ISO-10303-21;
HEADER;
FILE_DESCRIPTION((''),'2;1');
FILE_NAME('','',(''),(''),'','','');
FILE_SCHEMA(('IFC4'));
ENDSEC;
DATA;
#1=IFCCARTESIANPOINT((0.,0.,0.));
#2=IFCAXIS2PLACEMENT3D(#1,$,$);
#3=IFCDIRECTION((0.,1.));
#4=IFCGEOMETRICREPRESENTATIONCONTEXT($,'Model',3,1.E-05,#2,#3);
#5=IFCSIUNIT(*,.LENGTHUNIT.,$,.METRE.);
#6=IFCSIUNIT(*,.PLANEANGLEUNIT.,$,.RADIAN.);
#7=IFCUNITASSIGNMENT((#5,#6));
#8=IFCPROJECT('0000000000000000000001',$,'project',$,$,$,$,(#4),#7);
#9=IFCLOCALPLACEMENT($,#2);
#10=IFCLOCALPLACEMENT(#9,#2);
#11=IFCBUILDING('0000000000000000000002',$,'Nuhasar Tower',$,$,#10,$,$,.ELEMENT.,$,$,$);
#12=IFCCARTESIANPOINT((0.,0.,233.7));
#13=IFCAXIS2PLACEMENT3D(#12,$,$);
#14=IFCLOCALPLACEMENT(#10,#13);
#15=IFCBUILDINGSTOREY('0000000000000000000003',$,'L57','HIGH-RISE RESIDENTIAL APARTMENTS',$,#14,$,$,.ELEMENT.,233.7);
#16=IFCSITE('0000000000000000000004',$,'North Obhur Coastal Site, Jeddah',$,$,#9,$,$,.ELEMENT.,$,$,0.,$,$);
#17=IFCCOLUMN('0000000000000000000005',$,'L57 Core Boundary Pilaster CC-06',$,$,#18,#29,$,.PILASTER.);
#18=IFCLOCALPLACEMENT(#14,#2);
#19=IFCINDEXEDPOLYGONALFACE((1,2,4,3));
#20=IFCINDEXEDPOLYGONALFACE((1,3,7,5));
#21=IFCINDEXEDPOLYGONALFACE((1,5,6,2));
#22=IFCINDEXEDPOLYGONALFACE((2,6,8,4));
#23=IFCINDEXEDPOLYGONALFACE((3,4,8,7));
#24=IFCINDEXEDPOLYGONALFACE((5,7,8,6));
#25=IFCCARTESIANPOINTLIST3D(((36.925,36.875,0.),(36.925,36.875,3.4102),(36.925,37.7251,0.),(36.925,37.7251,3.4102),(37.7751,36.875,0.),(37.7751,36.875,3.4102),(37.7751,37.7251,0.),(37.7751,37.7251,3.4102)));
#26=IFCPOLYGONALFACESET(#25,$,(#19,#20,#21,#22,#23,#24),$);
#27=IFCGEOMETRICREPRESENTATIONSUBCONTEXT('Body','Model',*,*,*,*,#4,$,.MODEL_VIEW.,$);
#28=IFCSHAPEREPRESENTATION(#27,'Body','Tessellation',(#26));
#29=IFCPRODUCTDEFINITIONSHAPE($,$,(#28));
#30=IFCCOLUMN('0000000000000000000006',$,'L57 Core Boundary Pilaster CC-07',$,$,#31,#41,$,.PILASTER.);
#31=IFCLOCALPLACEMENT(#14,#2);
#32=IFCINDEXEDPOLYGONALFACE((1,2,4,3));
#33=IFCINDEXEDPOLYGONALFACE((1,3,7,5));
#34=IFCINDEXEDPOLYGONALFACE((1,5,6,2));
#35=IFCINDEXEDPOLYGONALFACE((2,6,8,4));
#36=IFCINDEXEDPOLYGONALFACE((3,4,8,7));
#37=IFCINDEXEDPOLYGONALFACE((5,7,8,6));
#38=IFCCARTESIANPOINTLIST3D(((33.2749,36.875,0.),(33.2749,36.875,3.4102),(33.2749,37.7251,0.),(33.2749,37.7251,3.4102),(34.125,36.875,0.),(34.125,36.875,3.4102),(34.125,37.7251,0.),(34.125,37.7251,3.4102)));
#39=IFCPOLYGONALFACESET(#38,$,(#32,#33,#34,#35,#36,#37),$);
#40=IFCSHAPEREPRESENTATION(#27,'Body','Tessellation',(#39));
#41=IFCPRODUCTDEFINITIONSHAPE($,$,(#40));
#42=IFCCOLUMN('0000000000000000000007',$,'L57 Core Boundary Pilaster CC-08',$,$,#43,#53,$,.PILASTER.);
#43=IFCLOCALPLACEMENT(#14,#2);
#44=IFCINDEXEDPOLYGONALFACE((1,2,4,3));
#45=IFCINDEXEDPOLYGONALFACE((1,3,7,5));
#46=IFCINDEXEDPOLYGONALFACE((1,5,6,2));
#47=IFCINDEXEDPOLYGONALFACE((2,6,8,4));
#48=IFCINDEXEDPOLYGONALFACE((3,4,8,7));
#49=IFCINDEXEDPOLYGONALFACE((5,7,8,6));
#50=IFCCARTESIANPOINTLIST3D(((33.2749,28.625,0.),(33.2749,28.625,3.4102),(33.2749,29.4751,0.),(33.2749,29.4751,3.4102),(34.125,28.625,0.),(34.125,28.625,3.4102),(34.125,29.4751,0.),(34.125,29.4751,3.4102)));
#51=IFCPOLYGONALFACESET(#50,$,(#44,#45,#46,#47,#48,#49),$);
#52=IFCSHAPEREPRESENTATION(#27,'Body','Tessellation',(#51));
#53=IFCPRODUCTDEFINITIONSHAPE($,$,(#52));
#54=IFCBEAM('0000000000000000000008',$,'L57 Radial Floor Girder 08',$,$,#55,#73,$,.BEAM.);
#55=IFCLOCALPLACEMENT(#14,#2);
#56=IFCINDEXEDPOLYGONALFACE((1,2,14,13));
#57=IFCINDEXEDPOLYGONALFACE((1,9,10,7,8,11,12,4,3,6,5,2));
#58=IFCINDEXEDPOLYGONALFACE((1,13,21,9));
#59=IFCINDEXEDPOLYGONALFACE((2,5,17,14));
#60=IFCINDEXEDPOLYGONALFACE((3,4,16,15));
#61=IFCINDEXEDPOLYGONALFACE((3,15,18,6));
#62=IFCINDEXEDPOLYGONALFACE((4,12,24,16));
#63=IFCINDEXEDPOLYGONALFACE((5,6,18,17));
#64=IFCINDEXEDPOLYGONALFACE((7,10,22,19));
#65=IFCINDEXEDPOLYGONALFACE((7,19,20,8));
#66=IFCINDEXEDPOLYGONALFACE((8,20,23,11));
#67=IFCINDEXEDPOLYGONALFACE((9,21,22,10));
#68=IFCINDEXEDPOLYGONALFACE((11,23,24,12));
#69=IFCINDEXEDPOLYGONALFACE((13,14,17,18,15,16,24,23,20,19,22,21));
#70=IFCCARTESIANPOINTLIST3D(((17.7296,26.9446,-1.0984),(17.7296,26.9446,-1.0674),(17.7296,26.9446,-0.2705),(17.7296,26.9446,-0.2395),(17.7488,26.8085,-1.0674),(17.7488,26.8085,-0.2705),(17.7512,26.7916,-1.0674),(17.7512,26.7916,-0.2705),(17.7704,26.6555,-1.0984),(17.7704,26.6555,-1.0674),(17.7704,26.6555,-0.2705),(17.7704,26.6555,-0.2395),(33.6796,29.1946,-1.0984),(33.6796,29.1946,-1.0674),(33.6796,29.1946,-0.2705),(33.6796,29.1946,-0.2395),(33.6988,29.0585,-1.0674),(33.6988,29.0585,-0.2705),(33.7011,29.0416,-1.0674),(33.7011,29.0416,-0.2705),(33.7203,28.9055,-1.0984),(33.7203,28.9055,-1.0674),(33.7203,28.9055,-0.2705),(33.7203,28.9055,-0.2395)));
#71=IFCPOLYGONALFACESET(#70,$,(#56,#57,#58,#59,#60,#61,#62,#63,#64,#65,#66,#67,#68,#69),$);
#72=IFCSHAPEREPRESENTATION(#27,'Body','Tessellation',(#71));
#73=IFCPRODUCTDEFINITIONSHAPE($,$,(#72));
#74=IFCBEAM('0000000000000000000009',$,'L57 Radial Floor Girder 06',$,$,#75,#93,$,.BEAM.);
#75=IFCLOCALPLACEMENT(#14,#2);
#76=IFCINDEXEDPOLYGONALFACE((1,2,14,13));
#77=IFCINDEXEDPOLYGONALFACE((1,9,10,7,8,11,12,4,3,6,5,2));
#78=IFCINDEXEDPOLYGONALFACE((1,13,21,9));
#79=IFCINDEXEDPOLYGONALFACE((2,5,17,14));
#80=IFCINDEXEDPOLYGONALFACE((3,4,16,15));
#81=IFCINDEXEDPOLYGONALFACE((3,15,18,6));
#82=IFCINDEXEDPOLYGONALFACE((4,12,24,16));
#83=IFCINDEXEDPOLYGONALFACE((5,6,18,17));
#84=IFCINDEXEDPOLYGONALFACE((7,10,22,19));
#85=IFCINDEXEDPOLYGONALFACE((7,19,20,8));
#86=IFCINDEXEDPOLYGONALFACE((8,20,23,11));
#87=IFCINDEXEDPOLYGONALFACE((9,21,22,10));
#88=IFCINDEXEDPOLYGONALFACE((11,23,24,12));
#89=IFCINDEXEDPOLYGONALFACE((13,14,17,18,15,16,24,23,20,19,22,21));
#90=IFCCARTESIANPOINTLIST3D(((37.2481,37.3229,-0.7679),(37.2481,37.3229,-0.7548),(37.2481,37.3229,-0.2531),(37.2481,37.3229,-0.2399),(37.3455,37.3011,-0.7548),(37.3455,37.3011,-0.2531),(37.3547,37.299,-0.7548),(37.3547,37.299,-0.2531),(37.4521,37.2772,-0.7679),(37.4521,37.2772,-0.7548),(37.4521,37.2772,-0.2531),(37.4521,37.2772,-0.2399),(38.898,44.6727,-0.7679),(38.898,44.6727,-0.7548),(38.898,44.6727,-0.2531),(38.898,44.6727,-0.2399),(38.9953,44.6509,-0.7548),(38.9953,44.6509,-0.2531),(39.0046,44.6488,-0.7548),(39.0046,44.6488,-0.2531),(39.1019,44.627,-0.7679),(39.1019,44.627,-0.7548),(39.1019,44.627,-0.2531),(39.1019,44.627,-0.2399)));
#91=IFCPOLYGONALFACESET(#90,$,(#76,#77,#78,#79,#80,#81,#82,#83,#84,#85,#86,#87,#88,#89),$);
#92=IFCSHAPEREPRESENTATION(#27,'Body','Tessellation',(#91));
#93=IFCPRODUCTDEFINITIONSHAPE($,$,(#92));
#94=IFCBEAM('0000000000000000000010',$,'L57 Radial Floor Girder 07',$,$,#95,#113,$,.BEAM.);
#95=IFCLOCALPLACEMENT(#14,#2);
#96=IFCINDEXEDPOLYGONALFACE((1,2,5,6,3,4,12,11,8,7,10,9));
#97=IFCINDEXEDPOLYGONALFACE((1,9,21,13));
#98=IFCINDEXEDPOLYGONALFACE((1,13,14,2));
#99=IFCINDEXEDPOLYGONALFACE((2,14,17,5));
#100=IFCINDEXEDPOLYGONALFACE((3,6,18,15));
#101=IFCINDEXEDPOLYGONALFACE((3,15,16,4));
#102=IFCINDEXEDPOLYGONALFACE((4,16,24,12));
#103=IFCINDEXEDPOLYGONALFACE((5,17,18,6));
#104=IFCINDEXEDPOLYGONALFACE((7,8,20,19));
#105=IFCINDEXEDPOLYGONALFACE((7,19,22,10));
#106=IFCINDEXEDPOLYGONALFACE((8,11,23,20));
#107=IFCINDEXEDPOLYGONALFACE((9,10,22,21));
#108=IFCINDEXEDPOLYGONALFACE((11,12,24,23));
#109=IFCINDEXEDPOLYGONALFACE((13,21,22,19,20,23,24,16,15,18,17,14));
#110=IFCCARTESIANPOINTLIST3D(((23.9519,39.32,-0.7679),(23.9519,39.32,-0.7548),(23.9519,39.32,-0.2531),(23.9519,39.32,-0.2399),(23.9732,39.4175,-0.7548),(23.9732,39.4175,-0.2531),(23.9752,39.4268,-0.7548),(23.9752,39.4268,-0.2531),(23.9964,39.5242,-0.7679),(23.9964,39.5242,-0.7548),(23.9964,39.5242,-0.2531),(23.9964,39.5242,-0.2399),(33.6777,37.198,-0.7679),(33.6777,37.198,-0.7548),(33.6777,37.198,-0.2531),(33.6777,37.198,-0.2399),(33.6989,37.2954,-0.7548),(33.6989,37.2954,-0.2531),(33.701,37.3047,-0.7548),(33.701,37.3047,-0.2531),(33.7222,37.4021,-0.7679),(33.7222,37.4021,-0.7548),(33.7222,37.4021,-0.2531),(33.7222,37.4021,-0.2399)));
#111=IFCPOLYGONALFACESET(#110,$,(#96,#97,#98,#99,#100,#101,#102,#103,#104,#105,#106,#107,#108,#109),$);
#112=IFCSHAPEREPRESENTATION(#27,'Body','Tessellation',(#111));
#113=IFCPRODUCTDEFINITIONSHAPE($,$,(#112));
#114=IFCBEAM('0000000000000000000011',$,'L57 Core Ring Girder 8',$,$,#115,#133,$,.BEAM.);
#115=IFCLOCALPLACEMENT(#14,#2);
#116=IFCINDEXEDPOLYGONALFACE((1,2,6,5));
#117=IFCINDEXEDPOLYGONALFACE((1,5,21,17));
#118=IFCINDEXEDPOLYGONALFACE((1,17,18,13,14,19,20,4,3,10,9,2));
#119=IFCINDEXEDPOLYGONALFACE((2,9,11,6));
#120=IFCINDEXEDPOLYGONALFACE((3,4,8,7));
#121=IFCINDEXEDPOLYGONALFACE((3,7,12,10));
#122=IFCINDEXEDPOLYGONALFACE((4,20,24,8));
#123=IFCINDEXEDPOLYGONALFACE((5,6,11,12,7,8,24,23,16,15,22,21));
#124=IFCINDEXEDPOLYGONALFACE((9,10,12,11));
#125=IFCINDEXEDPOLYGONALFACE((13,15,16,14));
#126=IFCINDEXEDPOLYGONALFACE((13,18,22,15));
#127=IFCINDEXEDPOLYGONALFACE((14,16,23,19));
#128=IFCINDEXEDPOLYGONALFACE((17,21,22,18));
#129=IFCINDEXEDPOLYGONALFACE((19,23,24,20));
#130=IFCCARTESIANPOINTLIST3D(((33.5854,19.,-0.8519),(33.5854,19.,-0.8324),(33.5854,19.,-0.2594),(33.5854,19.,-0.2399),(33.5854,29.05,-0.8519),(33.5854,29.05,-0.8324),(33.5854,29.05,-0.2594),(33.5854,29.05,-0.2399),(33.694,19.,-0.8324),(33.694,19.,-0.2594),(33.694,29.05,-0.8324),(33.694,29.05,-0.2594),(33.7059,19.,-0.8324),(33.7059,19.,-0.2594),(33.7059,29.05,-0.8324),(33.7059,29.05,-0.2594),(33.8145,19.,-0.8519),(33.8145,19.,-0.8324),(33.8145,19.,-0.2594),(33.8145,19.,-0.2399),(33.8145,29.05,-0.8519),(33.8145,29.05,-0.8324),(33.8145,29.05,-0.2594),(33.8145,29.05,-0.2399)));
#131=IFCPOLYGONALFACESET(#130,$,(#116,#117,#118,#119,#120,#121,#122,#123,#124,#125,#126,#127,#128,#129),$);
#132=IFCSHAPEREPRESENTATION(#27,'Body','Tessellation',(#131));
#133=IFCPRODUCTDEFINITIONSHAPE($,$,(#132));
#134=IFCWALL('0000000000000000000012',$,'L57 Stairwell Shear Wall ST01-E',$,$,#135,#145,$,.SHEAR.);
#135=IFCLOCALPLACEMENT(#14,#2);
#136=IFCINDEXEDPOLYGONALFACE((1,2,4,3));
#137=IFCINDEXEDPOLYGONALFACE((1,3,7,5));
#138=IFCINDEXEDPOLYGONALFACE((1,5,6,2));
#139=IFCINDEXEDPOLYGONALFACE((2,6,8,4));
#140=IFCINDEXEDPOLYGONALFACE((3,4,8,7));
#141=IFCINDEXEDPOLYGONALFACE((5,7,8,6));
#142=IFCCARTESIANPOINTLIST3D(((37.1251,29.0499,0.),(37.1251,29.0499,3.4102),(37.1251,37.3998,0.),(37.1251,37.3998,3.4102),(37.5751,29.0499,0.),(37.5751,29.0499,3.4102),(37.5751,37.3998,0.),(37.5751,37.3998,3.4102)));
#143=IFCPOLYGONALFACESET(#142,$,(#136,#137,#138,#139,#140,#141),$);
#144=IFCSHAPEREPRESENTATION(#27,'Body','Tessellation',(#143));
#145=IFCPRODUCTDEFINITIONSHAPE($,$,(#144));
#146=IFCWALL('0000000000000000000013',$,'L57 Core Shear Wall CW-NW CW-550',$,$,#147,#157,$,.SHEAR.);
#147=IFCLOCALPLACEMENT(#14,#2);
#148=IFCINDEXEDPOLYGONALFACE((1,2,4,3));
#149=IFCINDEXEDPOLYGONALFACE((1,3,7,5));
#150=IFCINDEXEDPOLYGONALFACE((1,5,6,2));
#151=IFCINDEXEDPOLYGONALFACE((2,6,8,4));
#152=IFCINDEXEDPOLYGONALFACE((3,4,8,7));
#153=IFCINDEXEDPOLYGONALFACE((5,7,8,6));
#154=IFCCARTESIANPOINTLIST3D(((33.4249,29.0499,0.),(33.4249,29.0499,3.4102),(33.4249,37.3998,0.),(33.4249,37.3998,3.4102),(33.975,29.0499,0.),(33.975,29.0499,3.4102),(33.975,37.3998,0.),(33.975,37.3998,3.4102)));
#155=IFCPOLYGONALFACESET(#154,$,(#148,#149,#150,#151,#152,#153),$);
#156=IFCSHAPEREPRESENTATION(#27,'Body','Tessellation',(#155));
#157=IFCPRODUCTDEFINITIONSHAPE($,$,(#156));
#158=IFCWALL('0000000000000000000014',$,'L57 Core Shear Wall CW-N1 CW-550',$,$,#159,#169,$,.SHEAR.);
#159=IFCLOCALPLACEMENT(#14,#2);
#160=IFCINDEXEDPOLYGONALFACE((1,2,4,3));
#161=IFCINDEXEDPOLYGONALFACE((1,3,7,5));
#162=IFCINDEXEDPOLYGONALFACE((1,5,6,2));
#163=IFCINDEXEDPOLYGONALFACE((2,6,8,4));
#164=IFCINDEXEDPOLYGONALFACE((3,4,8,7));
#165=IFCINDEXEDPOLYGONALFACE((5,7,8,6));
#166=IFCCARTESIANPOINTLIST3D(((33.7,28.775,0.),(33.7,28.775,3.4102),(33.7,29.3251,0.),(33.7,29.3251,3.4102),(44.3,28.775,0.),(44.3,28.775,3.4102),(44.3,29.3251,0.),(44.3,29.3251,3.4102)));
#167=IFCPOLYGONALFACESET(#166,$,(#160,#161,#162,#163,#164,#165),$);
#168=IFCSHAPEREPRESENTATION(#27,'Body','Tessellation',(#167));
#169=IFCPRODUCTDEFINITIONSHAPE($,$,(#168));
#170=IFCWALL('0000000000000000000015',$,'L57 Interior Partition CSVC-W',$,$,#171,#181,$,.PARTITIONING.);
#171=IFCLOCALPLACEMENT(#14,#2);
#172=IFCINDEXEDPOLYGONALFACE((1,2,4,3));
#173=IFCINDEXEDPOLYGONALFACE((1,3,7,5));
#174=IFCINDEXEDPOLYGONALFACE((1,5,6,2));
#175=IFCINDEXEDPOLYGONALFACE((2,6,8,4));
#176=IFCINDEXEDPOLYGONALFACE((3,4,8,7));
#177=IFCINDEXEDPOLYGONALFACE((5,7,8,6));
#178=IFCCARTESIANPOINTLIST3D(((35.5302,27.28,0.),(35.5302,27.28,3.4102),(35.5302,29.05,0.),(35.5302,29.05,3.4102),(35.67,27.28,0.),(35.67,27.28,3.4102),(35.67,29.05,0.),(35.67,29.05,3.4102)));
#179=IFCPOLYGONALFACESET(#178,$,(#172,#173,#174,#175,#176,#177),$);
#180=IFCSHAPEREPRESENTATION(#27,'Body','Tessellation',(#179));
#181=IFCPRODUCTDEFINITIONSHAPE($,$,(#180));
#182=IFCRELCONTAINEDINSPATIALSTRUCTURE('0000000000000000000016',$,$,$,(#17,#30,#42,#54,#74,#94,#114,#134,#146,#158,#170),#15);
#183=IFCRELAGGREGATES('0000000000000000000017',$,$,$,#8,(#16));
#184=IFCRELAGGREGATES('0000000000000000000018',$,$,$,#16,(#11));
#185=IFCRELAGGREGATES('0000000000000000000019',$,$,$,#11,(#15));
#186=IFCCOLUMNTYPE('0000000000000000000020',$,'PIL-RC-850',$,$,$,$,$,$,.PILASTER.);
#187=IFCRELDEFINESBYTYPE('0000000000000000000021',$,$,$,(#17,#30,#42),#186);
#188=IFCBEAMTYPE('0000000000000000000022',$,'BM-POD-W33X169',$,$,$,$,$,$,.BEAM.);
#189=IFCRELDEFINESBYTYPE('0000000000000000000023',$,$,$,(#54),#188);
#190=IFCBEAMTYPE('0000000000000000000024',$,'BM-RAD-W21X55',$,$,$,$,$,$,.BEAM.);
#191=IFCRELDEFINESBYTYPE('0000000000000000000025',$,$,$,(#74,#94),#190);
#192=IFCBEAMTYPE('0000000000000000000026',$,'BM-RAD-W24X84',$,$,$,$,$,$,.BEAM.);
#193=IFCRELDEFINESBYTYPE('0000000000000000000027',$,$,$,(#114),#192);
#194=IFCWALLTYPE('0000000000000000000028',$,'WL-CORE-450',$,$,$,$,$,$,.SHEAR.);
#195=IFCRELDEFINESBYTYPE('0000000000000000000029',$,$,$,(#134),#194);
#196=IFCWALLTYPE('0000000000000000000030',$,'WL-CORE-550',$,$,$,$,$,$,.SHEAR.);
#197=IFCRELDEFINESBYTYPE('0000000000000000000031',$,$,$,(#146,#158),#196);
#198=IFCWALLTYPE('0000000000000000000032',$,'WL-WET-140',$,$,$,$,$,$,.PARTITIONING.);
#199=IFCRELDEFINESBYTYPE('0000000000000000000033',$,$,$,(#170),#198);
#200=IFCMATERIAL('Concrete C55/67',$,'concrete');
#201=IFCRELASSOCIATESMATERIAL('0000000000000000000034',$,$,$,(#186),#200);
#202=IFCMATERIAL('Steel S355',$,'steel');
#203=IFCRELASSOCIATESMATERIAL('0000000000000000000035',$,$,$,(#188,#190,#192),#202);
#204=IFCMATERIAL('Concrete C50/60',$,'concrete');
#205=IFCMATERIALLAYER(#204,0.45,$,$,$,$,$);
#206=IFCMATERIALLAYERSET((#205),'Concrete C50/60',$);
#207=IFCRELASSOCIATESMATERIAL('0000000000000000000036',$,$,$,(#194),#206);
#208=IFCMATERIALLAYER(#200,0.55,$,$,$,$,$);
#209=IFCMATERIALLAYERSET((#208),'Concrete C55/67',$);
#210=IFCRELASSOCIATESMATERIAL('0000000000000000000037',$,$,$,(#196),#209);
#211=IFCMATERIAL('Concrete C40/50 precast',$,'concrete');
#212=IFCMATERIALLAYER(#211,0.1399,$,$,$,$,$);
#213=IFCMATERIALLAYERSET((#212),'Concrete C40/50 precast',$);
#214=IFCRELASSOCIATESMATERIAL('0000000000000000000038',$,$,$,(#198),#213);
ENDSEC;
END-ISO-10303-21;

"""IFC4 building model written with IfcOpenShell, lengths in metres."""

from ifc_helpers import new_model, si_unit, direction, frame, frame_2d, origin, origin_2d, place, context, subcontext, project, spatial, rectangle, i_section, extrude, material, layer, layer_set, material_profile, profile_set, type_object, element, save


model = new_model("IFC4")

# Units and contexts
model_context = context("Model", 3, precision=1e-05, world=origin(), true_north=direction((0.0, 1.0)))
body_context = subcontext(model_context, "Body", "Model", "MODEL_VIEW")
ifc_project = project(units=[si_unit("LENGTHUNIT", "METRE"), si_unit("PLANEANGLEUNIT", "RADIAN")], contexts=[model_context])

# Site, building, storey
site_placement = place(None, origin())
site = spatial("IfcSite", under=ifc_project, at=site_placement, Name="North Obhur Coastal Site, Jeddah", CompositionType="ELEMENT", RefElevation=0.0)
building_placement = place(site_placement, origin())
building = spatial("IfcBuilding", under=site, at=building_placement, Name="Nuhasar Tower", CompositionType="ELEMENT")
storey_placement = place(building_placement, frame((0.0, 0.0, 233.7)))
storey = spatial("IfcBuildingStorey", under=building, at=storey_placement, Name="L57", Description="HIGH-RISE RESIDENTIAL APARTMENTS", CompositionType="ELEMENT", Elevation=233.7)

# Columns
ifc_material_1 = material(Name="Concrete C55/67", Category="concrete")
ifc_material_profile_1 = material_profile(ifc_material_1, rectangle(XDim=0.8501, YDim=0.8501, at=origin_2d()), Name="RC850X850")
ifc_profile_set_1 = profile_set([ifc_material_profile_1], Name="Concrete C55/67")
column_type = type_object("IfcColumnType", Name="PIL-RC-850", PredefinedType="PILASTER", material=ifc_profile_set_1)
for number, where, z_axis, x_axis, name in (
    (1, (37.3501, 37.3, 0.0), (0.0, 0.0, 1.0), (1.0, 0.0, 0.0), "L57 Core Boundary Pilaster CC-06"),
    (2, (33.7, 37.3, 0.0), (0.0, 0.0, 1.0), (1.0, 0.0, 0.0), "L57 Core Boundary Pilaster CC-07"),
    (3, (33.7, 29.05, 0.0), (0.0, 0.0, 1.0), (1.0, 0.0, 0.0), "L57 Core Boundary Pilaster CC-08"),
):
    element("IfcColumn", number, at=place(storey_placement, frame(where, z_axis=z_axis, x_axis=x_axis)), inside=storey, type_object=column_type, Name=name, PredefinedType="PILASTER", context=body_context, shape_type="SweptSolid", body=[
        extrude(rectangle(XDim=0.8501, YDim=0.8501, at=origin_2d()), origin(), (0.0, 0.0, 1.0), 3.4102),
    ])

# Beams
ifc_material_2 = material(Name="Steel S355", Category="steel")
ifc_material_profile_2 = material_profile(ifc_material_2, i_section(OverallWidth=0.292, OverallDepth=0.8589, WebThickness=0.0171, FlangeThickness=0.031, at=origin_2d()), Name="W33X169")
ifc_profile_set_2 = profile_set([ifc_material_profile_2], Name="Steel S355")
beam_type_1 = type_object("IfcBeamType", Name="BM-POD-W33X169", PredefinedType="BEAM", material=ifc_profile_set_2)
beam_1_placement = place(storey_placement, frame((33.7, 29.05, -0.6689), z_axis=(-0.990196, -0.139683, 0.0), x_axis=(0.139683, -0.990196, 0.0)))
element("IfcBeam", 4, at=beam_1_placement, inside=storey, type_object=beam_type_1, Name="L57 Radial Floor Girder 08", PredefinedType="BEAM", context=body_context, shape_type="SweptSolid", body=[
    extrude(i_section(OverallWidth=0.292, OverallDepth=0.8589, WebThickness=0.0171, FlangeThickness=0.031, at=origin_2d()), origin(), (0.0, 0.0, 1.0), 16.1079),
])
ifc_material_profile_3 = material_profile(ifc_material_2, i_section(OverallWidth=0.209, OverallDepth=0.5281, WebThickness=0.0095, FlangeThickness=0.0132, at=origin_2d()), Name="W21X55")
ifc_profile_set_3 = profile_set([ifc_material_profile_3], Name="Steel S355")
beam_type_2 = type_object("IfcBeamType", Name="BM-RAD-W21X55", PredefinedType="BEAM", material=ifc_profile_set_3)
beam_2_placement = place(storey_placement, frame((37.3501, 37.3, -0.5039), z_axis=(0.21903, 0.975718, 0.0), x_axis=(-0.975718, 0.21903, 0.0)))
element("IfcBeam", 5, at=beam_2_placement, inside=storey, type_object=beam_type_2, Name="L57 Radial Floor Girder 06", PredefinedType="BEAM", context=body_context, shape_type="SweptSolid", body=[
    extrude(i_section(OverallWidth=0.209, OverallDepth=0.5281, WebThickness=0.0095, FlangeThickness=0.0132, at=origin_2d()), origin(), (0.0, 0.0, 1.0), 7.5327),
])
beam_3_placement = place(storey_placement, frame((33.7, 37.3, -0.5039), z_axis=(-0.977014, 0.213174, 0.0), x_axis=(-0.213174, -0.977014, 0.0)))
element("IfcBeam", 6, at=beam_3_placement, inside=storey, type_object=beam_type_2, Name="L57 Radial Floor Girder 07", PredefinedType="BEAM", context=body_context, shape_type="SweptSolid", body=[
    extrude(i_section(OverallWidth=0.209, OverallDepth=0.5281, WebThickness=0.0095, FlangeThickness=0.0132, at=origin_2d()), origin(), (0.0, 0.0, 1.0), 9.9546),
])
ifc_material_profile_4 = material_profile(ifc_material_2, i_section(OverallWidth=0.229, OverallDepth=0.6121, WebThickness=0.012, FlangeThickness=0.0195, at=origin_2d()), Name="W24X84")
ifc_profile_set_4 = profile_set([ifc_material_profile_4], Name="Steel S355")
beam_type_3 = type_object("IfcBeamType", Name="BM-RAD-W24X84", PredefinedType="BEAM", material=ifc_profile_set_4)
beam_4_placement = place(storey_placement, frame((33.7, 29.05, -0.5459), z_axis=(0.0, -1.0, 0.0), x_axis=(1.0, 0.0, 0.0)))
element("IfcBeam", 7, at=beam_4_placement, inside=storey, type_object=beam_type_3, Name="L57 Core Ring Girder 8", PredefinedType="BEAM", context=body_context, shape_type="SweptSolid", body=[
    extrude(i_section(OverallWidth=0.229, OverallDepth=0.6121, WebThickness=0.012, FlangeThickness=0.0195, at=origin_2d()), origin(), (0.0, 0.0, 1.0), 10.05),
])

# Walls
ifc_material_3 = material(Name="Concrete C50/60", Category="concrete")
ifc_layer_1 = layer(ifc_material_3, 0.45)
ifc_layer_set_1 = layer_set([ifc_layer_1], Name="Concrete C50/60")
wall_type_1 = type_object("IfcWallType", Name="WL-CORE-450", PredefinedType="SHEAR", material=ifc_layer_set_1)
wall_1_placement = place(storey_placement, frame((37.3501, 29.05, 0.0), z_axis=(0.0, 0.0, 1.0), x_axis=(0.0, 1.0, 0.0)))
element("IfcWall", 8, at=wall_1_placement, inside=storey, type_object=wall_type_1, Name="L57 Stairwell Shear Wall ST01-E", PredefinedType="SHEAR", context=body_context, shape_type="SweptSolid", body=[
    extrude(rectangle(XDim=8.3499, YDim=0.45, at=frame_2d((4.1748, 0.0))), origin(), (0.0, 0.0, 1.0), 3.4102),
])
ifc_layer_2 = layer(ifc_material_1, 0.55)
ifc_layer_set_2 = layer_set([ifc_layer_2], Name="Concrete C55/67")
wall_type_2 = type_object("IfcWallType", Name="WL-CORE-550", PredefinedType="SHEAR", material=ifc_layer_set_2)
wall_2_placement = place(storey_placement, frame((33.7, 29.05, 0.0), z_axis=(0.0, 0.0, 1.0), x_axis=(0.0, 1.0, 0.0)))
element("IfcWall", 9, at=wall_2_placement, inside=storey, type_object=wall_type_2, Name="L57 Core Shear Wall CW-NW CW-550", PredefinedType="SHEAR", context=body_context, shape_type="SweptSolid", body=[
    extrude(rectangle(XDim=8.3499, YDim=0.55, at=frame_2d((4.1748, 0.0))), origin(), (0.0, 0.0, 1.0), 3.4102),
])
wall_3_placement = place(storey_placement, frame((33.7, 29.05, 0.0), z_axis=(0.0, 0.0, 1.0), x_axis=(1.0, 0.0, 0.0)))
element("IfcWall", 10, at=wall_3_placement, inside=storey, type_object=wall_type_2, Name="L57 Core Shear Wall CW-N1 CW-550", PredefinedType="SHEAR", context=body_context, shape_type="SweptSolid", body=[
    extrude(rectangle(XDim=10.6001, YDim=0.55, at=frame_2d((5.3, 0.0))), origin(), (0.0, 0.0, 1.0), 3.4102),
])
ifc_material_4 = material(Name="Concrete C40/50 precast", Category="concrete")
ifc_layer_3 = layer(ifc_material_4, 0.1399)
ifc_layer_set_3 = layer_set([ifc_layer_3], Name="Concrete C40/50 precast")
wall_type_3 = type_object("IfcWallType", Name="WL-WET-140", PredefinedType="PARTITIONING", material=ifc_layer_set_3)
wall_4_placement = place(storey_placement, frame((35.6001, 27.28, 0.0), z_axis=(0.0, 0.0, 1.0), x_axis=(0.0, 1.0, 0.0)))
element("IfcWall", 11, at=wall_4_placement, inside=storey, type_object=wall_type_3, Name="L57 Interior Partition CSVC-W", PredefinedType="PARTITIONING", context=body_context, shape_type="SweptSolid", body=[
    extrude(rectangle(XDim=1.77, YDim=0.1399, at=frame_2d((0.885, 0.0))), origin(), (0.0, 0.0, 1.0), 3.4102),
])

save(model, "model.ifc")
